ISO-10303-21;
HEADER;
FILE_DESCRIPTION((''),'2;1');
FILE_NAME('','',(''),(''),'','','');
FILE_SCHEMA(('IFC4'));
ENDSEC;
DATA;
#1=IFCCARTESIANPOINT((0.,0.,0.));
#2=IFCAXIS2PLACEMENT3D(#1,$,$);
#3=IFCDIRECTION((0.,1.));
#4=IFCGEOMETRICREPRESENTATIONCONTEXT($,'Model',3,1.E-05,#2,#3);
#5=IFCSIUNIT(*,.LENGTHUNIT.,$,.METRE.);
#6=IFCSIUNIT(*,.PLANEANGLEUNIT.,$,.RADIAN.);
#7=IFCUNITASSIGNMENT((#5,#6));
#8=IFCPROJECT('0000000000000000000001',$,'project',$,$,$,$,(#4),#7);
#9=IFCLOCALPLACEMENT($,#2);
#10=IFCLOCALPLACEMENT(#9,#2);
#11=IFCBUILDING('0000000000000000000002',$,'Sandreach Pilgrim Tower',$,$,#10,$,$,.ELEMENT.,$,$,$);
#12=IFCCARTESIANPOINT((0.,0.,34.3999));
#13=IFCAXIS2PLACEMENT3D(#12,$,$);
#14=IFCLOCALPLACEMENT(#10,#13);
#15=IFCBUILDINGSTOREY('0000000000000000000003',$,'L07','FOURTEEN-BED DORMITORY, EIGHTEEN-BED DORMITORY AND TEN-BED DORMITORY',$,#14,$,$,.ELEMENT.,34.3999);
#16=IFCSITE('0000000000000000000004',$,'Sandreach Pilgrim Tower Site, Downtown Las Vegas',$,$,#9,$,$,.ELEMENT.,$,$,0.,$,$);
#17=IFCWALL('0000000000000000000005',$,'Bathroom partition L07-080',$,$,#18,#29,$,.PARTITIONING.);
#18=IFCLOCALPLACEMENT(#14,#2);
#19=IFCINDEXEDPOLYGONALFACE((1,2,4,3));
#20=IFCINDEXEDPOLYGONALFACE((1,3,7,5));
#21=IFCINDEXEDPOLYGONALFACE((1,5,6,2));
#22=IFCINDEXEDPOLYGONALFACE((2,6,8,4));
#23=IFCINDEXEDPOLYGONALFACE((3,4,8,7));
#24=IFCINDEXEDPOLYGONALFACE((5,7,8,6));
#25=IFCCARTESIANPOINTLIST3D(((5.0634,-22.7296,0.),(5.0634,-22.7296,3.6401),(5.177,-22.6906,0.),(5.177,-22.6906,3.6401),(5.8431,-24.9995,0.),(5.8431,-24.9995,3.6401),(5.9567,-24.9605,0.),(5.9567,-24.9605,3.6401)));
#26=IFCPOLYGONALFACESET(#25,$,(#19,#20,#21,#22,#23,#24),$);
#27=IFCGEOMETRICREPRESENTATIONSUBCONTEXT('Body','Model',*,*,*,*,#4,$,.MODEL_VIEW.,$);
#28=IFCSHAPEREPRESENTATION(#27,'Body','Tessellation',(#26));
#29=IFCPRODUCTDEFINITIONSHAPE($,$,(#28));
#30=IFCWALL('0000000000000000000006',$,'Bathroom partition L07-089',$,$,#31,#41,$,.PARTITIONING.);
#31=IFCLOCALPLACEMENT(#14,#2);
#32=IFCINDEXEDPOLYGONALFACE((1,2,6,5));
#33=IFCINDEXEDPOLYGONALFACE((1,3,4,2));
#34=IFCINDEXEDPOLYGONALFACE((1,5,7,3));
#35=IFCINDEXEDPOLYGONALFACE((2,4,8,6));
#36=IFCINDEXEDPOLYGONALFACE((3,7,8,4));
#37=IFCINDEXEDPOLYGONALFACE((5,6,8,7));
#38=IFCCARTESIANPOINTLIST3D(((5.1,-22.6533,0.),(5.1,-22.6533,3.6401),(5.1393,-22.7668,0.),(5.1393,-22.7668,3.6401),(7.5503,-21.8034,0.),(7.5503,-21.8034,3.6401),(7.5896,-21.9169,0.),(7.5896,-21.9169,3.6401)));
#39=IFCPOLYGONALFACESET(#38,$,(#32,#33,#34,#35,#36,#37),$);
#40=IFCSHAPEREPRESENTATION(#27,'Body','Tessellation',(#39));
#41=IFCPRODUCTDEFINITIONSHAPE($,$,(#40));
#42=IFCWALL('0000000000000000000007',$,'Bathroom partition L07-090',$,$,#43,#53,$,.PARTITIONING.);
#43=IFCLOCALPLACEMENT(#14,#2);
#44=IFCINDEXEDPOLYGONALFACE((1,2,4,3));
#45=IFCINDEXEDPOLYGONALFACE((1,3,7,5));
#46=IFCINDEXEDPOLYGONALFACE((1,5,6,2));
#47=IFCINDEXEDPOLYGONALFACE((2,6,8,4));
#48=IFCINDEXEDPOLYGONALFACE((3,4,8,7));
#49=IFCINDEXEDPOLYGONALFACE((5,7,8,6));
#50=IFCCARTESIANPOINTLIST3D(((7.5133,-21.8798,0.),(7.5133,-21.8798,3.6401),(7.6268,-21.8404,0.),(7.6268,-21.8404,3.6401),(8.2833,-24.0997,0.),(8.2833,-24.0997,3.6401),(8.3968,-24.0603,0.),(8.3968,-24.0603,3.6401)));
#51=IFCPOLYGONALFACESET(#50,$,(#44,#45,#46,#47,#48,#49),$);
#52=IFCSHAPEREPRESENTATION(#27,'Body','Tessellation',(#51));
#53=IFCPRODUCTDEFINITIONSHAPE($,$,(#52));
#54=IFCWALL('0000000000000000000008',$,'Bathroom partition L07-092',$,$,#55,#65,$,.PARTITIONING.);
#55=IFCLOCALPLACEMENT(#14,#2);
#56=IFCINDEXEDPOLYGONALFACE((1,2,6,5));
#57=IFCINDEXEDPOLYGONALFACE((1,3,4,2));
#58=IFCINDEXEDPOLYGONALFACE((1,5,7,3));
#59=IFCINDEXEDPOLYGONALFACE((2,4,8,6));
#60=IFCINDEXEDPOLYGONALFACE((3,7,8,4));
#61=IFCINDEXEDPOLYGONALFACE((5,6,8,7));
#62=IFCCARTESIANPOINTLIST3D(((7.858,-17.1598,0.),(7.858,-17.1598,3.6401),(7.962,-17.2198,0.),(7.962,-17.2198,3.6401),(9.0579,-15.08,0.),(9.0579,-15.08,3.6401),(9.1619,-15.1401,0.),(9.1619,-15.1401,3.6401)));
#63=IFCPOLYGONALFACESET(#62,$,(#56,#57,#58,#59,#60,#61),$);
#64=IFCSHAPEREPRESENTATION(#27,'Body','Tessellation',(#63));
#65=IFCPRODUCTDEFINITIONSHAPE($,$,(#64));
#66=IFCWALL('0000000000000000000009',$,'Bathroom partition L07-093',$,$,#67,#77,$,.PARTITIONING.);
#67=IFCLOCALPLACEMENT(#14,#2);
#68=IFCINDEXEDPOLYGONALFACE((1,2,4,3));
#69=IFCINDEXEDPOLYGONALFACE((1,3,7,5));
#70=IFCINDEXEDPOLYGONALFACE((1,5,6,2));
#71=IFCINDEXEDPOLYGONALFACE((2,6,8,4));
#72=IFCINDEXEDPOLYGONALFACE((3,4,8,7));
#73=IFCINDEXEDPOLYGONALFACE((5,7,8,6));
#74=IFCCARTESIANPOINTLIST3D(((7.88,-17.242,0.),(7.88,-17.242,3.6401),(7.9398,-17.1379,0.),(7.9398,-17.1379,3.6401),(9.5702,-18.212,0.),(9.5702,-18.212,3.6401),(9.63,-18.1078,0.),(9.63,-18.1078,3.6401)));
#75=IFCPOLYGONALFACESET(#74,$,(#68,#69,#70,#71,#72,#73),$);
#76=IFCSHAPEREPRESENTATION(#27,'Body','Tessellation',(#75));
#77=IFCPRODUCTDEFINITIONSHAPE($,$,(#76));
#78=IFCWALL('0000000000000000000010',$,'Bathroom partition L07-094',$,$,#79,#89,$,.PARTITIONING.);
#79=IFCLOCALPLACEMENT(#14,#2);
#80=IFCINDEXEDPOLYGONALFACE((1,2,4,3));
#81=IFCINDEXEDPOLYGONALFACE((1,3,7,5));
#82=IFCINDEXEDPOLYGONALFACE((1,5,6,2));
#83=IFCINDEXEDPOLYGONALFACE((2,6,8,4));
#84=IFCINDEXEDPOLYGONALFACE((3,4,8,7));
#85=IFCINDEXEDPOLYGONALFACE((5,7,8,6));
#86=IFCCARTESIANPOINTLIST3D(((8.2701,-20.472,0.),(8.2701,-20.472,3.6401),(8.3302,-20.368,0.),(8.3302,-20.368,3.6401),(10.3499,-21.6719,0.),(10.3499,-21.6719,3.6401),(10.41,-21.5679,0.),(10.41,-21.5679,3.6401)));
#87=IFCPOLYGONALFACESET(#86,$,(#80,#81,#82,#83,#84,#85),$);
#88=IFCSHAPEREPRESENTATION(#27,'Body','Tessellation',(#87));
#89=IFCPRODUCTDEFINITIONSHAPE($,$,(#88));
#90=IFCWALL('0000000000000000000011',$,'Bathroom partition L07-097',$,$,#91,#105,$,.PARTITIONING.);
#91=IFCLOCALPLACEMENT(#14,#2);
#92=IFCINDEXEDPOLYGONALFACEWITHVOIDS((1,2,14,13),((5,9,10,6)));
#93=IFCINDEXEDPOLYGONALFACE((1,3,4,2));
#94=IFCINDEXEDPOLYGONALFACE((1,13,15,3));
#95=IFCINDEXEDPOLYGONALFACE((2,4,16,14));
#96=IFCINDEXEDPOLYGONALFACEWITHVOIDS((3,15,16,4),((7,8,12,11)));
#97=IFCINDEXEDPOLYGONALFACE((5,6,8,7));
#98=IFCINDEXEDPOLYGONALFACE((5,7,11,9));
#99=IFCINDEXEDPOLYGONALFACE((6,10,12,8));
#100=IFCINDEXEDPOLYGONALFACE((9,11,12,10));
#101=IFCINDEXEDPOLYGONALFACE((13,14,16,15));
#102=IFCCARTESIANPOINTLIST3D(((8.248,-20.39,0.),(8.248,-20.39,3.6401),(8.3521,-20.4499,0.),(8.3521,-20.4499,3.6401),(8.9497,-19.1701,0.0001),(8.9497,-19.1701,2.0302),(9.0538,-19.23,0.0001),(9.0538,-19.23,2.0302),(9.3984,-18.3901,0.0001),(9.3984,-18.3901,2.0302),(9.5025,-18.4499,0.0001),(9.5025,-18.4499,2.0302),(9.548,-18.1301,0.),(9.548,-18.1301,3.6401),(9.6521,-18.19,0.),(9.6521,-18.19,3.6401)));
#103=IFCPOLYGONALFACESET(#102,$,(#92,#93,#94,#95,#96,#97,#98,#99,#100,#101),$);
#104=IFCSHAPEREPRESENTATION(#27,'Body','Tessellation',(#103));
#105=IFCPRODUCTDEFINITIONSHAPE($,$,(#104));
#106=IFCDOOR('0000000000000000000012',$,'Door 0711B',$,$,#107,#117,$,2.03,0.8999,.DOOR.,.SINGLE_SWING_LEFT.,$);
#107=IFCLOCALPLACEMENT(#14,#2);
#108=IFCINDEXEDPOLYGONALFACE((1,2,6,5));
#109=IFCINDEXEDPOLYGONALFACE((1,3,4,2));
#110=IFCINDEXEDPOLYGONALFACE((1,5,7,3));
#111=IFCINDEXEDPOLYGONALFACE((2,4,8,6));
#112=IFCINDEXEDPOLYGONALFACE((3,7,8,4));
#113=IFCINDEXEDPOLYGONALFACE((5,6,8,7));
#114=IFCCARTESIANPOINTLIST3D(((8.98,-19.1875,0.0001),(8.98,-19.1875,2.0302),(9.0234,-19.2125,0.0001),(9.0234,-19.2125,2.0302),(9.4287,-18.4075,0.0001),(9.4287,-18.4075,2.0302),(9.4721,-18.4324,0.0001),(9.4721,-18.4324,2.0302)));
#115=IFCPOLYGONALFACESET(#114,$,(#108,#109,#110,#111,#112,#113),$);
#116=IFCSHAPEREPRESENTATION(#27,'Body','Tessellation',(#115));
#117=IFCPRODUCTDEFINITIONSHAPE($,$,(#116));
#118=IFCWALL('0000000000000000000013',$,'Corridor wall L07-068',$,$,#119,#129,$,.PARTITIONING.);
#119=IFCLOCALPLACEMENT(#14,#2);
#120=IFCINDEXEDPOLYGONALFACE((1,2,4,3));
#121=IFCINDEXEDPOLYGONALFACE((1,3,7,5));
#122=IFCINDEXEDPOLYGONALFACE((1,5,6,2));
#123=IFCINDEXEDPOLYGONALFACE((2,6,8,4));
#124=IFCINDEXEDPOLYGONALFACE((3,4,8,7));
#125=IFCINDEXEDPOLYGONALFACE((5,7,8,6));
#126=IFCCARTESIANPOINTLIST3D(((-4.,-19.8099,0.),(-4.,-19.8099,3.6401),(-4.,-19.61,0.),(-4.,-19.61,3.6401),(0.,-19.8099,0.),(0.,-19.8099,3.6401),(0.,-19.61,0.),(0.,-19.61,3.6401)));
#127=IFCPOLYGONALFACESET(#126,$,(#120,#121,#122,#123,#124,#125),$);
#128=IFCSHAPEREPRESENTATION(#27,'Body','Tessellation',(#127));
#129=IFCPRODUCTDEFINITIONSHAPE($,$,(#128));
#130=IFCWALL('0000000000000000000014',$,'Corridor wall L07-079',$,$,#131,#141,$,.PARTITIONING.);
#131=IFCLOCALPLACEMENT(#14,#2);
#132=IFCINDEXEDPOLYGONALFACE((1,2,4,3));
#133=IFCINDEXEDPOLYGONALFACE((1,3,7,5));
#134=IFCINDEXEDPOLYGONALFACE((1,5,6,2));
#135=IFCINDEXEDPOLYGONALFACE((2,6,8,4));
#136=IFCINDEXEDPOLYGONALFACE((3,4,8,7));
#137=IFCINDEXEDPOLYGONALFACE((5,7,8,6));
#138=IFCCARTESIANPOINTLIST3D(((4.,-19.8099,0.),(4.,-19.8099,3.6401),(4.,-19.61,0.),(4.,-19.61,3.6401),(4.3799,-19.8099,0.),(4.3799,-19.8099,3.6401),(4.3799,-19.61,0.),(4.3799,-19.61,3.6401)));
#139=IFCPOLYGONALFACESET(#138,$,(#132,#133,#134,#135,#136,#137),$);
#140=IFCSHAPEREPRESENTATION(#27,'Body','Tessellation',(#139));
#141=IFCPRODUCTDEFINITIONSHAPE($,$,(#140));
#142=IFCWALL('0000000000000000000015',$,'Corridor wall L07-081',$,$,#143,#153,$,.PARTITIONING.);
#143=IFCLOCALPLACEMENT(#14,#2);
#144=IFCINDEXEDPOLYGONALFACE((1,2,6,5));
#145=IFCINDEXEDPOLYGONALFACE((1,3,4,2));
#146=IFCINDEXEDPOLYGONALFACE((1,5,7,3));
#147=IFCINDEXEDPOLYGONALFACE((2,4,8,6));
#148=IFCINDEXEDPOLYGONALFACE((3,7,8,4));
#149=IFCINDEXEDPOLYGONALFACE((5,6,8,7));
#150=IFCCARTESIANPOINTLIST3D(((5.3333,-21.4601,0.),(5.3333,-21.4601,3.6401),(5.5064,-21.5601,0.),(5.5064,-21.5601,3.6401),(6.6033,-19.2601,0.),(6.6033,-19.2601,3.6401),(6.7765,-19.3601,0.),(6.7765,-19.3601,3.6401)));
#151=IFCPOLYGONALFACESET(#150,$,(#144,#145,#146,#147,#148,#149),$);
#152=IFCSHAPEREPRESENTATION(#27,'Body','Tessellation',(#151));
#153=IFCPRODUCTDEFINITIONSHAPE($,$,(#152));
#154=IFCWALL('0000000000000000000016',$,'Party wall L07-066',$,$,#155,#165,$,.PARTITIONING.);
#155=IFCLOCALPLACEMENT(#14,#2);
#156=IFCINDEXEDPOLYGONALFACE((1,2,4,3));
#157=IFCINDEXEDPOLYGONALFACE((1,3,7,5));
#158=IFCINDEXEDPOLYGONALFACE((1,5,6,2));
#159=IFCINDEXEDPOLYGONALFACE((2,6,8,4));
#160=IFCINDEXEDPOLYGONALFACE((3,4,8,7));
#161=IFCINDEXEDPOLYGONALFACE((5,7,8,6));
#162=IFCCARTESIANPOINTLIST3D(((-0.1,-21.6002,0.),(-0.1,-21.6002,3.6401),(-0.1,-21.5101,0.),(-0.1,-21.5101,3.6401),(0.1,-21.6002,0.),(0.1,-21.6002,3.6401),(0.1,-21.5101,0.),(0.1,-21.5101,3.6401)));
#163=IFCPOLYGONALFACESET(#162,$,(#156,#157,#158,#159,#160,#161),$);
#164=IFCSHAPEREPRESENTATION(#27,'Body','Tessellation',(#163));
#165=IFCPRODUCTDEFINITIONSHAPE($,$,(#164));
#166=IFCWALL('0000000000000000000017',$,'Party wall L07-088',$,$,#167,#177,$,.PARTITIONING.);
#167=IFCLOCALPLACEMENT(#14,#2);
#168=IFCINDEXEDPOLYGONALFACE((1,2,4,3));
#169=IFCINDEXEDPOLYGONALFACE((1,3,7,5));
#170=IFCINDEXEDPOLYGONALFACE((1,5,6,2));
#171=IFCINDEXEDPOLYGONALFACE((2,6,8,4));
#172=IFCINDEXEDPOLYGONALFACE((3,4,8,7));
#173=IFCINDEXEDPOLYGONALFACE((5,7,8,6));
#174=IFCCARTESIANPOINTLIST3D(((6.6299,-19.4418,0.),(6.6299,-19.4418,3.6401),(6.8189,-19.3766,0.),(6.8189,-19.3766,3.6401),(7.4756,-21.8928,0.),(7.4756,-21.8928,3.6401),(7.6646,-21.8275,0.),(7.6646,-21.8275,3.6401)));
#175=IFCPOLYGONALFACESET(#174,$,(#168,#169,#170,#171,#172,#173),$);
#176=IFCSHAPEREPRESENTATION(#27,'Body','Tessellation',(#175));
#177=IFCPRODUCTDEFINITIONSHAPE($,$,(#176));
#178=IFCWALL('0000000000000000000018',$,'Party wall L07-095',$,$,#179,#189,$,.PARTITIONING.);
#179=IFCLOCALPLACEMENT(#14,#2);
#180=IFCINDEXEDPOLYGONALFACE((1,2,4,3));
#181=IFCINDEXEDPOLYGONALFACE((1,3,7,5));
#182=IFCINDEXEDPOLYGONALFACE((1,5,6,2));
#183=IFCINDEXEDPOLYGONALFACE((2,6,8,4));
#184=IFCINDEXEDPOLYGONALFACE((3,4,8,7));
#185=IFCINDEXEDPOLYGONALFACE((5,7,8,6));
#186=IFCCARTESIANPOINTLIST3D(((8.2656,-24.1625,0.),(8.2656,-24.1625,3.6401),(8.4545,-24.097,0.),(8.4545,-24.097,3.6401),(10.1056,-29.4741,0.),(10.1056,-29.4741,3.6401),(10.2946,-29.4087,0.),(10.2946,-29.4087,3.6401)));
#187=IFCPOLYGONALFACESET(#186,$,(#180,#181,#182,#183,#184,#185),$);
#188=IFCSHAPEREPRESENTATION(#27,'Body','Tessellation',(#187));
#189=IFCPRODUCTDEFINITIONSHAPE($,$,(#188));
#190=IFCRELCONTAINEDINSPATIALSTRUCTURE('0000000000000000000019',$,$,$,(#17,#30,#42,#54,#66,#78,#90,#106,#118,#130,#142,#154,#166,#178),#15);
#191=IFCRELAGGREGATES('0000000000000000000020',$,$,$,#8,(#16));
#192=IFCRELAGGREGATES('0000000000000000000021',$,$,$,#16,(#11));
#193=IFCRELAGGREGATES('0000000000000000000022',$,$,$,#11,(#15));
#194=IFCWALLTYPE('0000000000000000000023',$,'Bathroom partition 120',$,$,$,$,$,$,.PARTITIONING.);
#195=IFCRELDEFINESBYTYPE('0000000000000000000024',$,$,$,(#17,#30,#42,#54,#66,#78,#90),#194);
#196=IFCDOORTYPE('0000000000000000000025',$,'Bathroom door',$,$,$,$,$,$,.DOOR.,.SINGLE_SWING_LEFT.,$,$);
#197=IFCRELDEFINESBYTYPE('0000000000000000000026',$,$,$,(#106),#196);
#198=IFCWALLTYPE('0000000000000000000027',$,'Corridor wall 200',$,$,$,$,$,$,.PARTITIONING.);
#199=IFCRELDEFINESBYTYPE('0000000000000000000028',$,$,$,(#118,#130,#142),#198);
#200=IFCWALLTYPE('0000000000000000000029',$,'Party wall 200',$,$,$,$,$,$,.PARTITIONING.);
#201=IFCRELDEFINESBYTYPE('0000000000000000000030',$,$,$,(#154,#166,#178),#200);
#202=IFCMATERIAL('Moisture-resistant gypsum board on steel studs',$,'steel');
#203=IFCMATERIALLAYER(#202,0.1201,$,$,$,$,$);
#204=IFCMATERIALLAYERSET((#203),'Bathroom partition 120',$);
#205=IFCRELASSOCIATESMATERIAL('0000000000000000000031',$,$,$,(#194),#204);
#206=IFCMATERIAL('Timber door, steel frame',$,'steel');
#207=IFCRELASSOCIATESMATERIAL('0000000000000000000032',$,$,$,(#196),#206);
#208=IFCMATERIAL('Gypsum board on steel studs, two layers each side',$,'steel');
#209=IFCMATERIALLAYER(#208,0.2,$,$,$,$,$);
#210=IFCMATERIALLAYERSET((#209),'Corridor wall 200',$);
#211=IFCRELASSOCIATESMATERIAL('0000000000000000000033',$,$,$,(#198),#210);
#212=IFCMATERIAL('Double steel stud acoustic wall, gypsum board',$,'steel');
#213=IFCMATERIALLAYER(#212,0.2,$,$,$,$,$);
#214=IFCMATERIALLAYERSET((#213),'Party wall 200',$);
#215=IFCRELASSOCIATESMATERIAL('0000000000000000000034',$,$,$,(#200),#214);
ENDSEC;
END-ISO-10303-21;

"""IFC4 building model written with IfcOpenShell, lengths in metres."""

from ifc_helpers import new_model, si_unit, direction, frame, frame_2d, origin, place, context, subcontext, project, spatial, rectangle, extrude, material, layer, layer_set, type_object, element, fill, save


model = new_model("IFC4")

# Units and contexts
model_context = context("Model", 3, precision=1e-05, world=origin(), true_north=direction((0.0, 1.0)))
body_context = subcontext(model_context, "Body", "Model", "MODEL_VIEW")
ifc_project = project(units=[si_unit("LENGTHUNIT", "METRE"), si_unit("PLANEANGLEUNIT", "RADIAN")], contexts=[model_context])

# Site, building, storey
site_placement = place(None, origin())
site = spatial("IfcSite", under=ifc_project, at=site_placement, Name="Sandreach Pilgrim Tower Site, Downtown Las Vegas", CompositionType="ELEMENT", RefElevation=0.0)
building_placement = place(site_placement, origin())
building = spatial("IfcBuilding", under=site, at=building_placement, Name="Sandreach Pilgrim Tower", CompositionType="ELEMENT")
storey_placement = place(building_placement, frame((0.0, 0.0, 34.3999)))
storey = spatial("IfcBuildingStorey", under=building, at=storey_placement, Name="L07", Description="FOURTEEN-BED DORMITORY, EIGHTEEN-BED DORMITORY AND TEN-BED DORMITORY", CompositionType="ELEMENT", Elevation=34.3999)

# Walls
ifc_material_1 = material(Name="Moisture-resistant gypsum board on steel studs", Category="steel")
ifc_layer_1 = layer(ifc_material_1, 0.1201)
ifc_layer_set_1 = layer_set([ifc_layer_1], Name="Bathroom partition 120")
wall_type_1 = type_object("IfcWallType", Name="Bathroom partition 120", PredefinedType="PARTITIONING", material=ifc_layer_set_1)
wall_1_placement = place(storey_placement, frame((5.1201, -22.71, 0.0), z_axis=(0.0, 0.0, 1.0), x_axis=(0.324881, -0.945755, 0.0)))
element("IfcWall", 1, at=wall_1_placement, inside=storey, type_object=wall_type_1, Name="Bathroom partition L07-080", PredefinedType="PARTITIONING", context=body_context, shape_type="SweptSolid", body=[
    extrude(rectangle(XDim=2.4001, YDim=0.1201, at=frame_2d((1.2002, 0.0))), origin(), (0.0, 0.0, 1.0), 3.6401),
])
wall_2_placement = place(storey_placement, frame((7.5701, -21.8601, 0.0), z_axis=(0.0, 0.0, 1.0), x_axis=(-0.944782, -0.327699, 0.0)))
element("IfcWall", 2, at=wall_2_placement, inside=storey, type_object=wall_type_1, Name="Bathroom partition L07-089", PredefinedType="PARTITIONING", context=body_context, shape_type="SweptSolid", body=[
    extrude(rectangle(XDim=2.5935, YDim=0.1201, at=frame_2d((1.2969, 0.0))), origin(), (0.0, 0.0, 1.0), 3.6401),
])
wall_3_placement = place(storey_placement, frame((7.5701, -21.8601, 0.0), z_axis=(0.0, 0.0, 1.0), x_axis=(0.327706, -0.94478, 0.0)))
element("IfcWall", 3, at=wall_3_placement, inside=storey, type_object=wall_type_1, Name="Bathroom partition L07-090", PredefinedType="PARTITIONING", context=body_context, shape_type="SweptSolid", body=[
    extrude(rectangle(XDim=2.3496, YDim=0.1201, at=frame_2d((1.1748, 0.0))), origin(), (0.0, 0.0, 1.0), 3.6401),
])
wall_4_placement = place(storey_placement, frame((7.9099, -17.1899, 0.0), z_axis=(0.0, 0.0, 1.0), x_axis=(0.499737, 0.866177, 0.0)))
element("IfcWall", 4, at=wall_4_placement, inside=storey, type_object=wall_type_1, Name="Bathroom partition L07-092", PredefinedType="PARTITIONING", context=body_context, shape_type="SweptSolid", body=[
    extrude(rectangle(XDim=2.4011, YDim=0.1201, at=frame_2d((1.2007, 0.0))), origin(), (0.0, 0.0, 1.0), 3.6401),
])
wall_5_placement = place(storey_placement, frame((7.9099, -17.1899, 0.0), z_axis=(0.0, 0.0, 1.0), x_axis=(0.867324, -0.497744, 0.0)))
element("IfcWall", 5, at=wall_5_placement, inside=storey, type_object=wall_type_1, Name="Bathroom partition L07-093", PredefinedType="PARTITIONING", context=body_context, shape_type="SweptSolid", body=[
    extrude(rectangle(XDim=1.9487, YDim=0.1201, at=frame_2d((0.9744, 0.0))), origin(), (0.0, 0.0, 1.0), 3.6401),
])
wall_6_placement = place(storey_placement, frame((8.3, -20.4199, 0.0), z_axis=(0.0, 0.0, 1.0), x_axis=(0.866177, -0.499737, 0.0)))
element("IfcWall", 6, at=wall_6_placement, inside=storey, type_object=wall_type_1, Name="Bathroom partition L07-094", PredefinedType="PARTITIONING", context=body_context, shape_type="SweptSolid", body=[
    extrude(rectangle(XDim=2.4011, YDim=0.1201, at=frame_2d((1.2007, 0.0))), origin(), (0.0, 0.0, 1.0), 3.6401),
])

# Wall, opening, door
wall_7_placement = place(storey_placement, frame((9.6001, -18.1599, 0.0), z_axis=(0.0, 0.0, 1.0), x_axis=(-0.498628, -0.866816, 0.0)))
wall_7 = element("IfcWall", 7, at=wall_7_placement, inside=storey, type_object=wall_type_1, Name="Bathroom partition L07-097", PredefinedType="PARTITIONING", context=body_context, shape_type="SweptSolid", body=[
    extrude(rectangle(XDim=2.6072, YDim=0.1201, at=frame_2d((1.3037, 0.0))), origin(), (0.0, 0.0, 1.0), 3.6401),
])
opening_1_placement = place(wall_7_placement, frame((0.3, 0.0, 0.0)))
opening_1 = element("IfcOpeningElement", 8, at=opening_1_placement, cuts=wall_7, PredefinedType="OPENING", context=body_context, shape_type="SweptSolid", body=[
    extrude(rectangle(XDim=0.8999, YDim=2.03, at=frame_2d((0.45, 1.0151))), frame((0.0, 0.0601, 0.0), z_axis=(0.0, -1.0, 0.0), x_axis=(1.0, 0.0, 0.0)), (0.0, 0.0, 1.0), 0.1201),
])
ifc_material_2 = material(Name="Timber door, steel frame", Category="steel")
door_type_1 = type_object("IfcDoorType", Name="Bathroom door", OperationType="SINGLE_SWING_LEFT", PredefinedType="DOOR", material=ifc_material_2)
door_1_placement = place(opening_1_placement, origin())
door_1 = element("IfcDoor", 9, at=door_1_placement, inside=storey, type_object=door_type_1, Name="Door 0711B", OperationType="SINGLE_SWING_LEFT", OverallHeight=2.03, OverallWidth=0.8999, PredefinedType="DOOR", context=body_context, shape_type="SweptSolid", body=[
    extrude(rectangle(XDim=0.8999, YDim=2.03, at=frame_2d((0.45, 1.0151))), frame((0.0, 0.0249, 0.0), z_axis=(0.0, -1.0, 0.0), x_axis=(1.0, 0.0, 0.0)), (0.0, 0.0, 1.0), 0.05),
])
fill(opening_1, door_1)
ifc_material_3 = material(Name="Gypsum board on steel studs, two layers each side", Category="steel")
ifc_layer_2 = layer(ifc_material_3, 0.2)
ifc_layer_set_2 = layer_set([ifc_layer_2], Name="Corridor wall 200")
wall_type_2 = type_object("IfcWallType", Name="Corridor wall 200", PredefinedType="PARTITIONING", material=ifc_layer_set_2)

# Wall
wall_8_placement = place(storey_placement, frame((0.0, -19.71, 0.0), z_axis=(0.0, 0.0, 1.0), x_axis=(-1.0, 0.0, 0.0)))
element("IfcWall", 10, at=wall_8_placement, inside=storey, type_object=wall_type_2, Name="Corridor wall L07-068", PredefinedType="PARTITIONING", context=body_context, shape_type="SweptSolid", body=[
    extrude(rectangle(XDim=4.0, YDim=0.2, at=frame_2d((2.0, 0.0))), origin(), (0.0, 0.0, 1.0), 3.6401),
])

# Walls
wall_9_placement = place(storey_placement, frame((4.3799, -19.71, 0.0), z_axis=(0.0, 0.0, 1.0), x_axis=(-1.0, 0.0, 0.0)))
element("IfcWall", 11, at=wall_9_placement, inside=storey, type_object=wall_type_2, Name="Corridor wall L07-079", PredefinedType="PARTITIONING", context=body_context, shape_type="SweptSolid", body=[
    extrude(rectangle(XDim=0.3799, YDim=0.2, at=frame_2d((0.1899, 0.0))), origin(), (0.0, 0.0, 1.0), 3.6401),
])
wall_10_placement = place(storey_placement, frame((5.4199, -21.51, 0.0), z_axis=(0.0, 0.0, 1.0), x_axis=(0.499964, 0.866046, 0.0)))
element("IfcWall", 12, at=wall_10_placement, inside=storey, type_object=wall_type_2, Name="Corridor wall L07-081", PredefinedType="PARTITIONING", context=body_context, shape_type="SweptSolid", body=[
    extrude(rectangle(XDim=2.5403, YDim=0.2, at=frame_2d((1.27, 0.0))), origin(), (0.0, 0.0, 1.0), 3.6401),
])

# Walls
ifc_material_4 = material(Name="Double steel stud acoustic wall, gypsum board", Category="steel")
ifc_layer_3 = layer(ifc_material_4, 0.2)
ifc_layer_set_3 = layer_set([ifc_layer_3], Name="Party wall 200")
wall_type_3 = type_object("IfcWallType", Name="Party wall 200", PredefinedType="PARTITIONING", material=ifc_layer_set_3)
wall_11_placement = place(storey_placement, frame((0.0, -21.6001, 0.0), z_axis=(0.0, 0.0, 1.0), x_axis=(0.0, 1.0, 0.0)))
element("IfcWall", 13, at=wall_11_placement, inside=storey, type_object=wall_type_3, Name="Party wall L07-066", PredefinedType="PARTITIONING", context=body_context, shape_type="SweptSolid", body=[
    extrude(rectangle(XDim=0.0901, YDim=0.2, at=frame_2d((0.0449, 0.0))), origin(), (0.0, 0.0, 1.0), 3.6401),
])
wall_12_placement = place(storey_placement, frame((6.7244, -19.4092, 0.0), z_axis=(0.0, 0.0, 1.0), x_axis=(0.326182, -0.945307, 0.0)))
element("IfcWall", 14, at=wall_12_placement, inside=storey, type_object=wall_type_3, Name="Party wall L07-088", PredefinedType="PARTITIONING", context=body_context, shape_type="SweptSolid", body=[
    extrude(rectangle(XDim=2.5928, YDim=0.2, at=frame_2d((1.2964, 0.0))), origin(), (0.0, 0.0, 1.0), 3.6401),
])
wall_13_placement = place(storey_placement, frame((8.3601, -24.1299, 0.0), z_axis=(0.0, 0.0, 1.0), x_axis=(0.327333, -0.944909, 0.0)))
element("IfcWall", 15, at=wall_13_placement, inside=storey, type_object=wall_type_3, Name="Party wall L07-095", PredefinedType="PARTITIONING", context=body_context, shape_type="SweptSolid", body=[
    extrude(rectangle(XDim=5.6213, YDim=0.2, at=frame_2d((2.8105, 0.0))), origin(), (0.0, 0.0, 1.0), 3.6401),
])

save(model, "model.ifc")
